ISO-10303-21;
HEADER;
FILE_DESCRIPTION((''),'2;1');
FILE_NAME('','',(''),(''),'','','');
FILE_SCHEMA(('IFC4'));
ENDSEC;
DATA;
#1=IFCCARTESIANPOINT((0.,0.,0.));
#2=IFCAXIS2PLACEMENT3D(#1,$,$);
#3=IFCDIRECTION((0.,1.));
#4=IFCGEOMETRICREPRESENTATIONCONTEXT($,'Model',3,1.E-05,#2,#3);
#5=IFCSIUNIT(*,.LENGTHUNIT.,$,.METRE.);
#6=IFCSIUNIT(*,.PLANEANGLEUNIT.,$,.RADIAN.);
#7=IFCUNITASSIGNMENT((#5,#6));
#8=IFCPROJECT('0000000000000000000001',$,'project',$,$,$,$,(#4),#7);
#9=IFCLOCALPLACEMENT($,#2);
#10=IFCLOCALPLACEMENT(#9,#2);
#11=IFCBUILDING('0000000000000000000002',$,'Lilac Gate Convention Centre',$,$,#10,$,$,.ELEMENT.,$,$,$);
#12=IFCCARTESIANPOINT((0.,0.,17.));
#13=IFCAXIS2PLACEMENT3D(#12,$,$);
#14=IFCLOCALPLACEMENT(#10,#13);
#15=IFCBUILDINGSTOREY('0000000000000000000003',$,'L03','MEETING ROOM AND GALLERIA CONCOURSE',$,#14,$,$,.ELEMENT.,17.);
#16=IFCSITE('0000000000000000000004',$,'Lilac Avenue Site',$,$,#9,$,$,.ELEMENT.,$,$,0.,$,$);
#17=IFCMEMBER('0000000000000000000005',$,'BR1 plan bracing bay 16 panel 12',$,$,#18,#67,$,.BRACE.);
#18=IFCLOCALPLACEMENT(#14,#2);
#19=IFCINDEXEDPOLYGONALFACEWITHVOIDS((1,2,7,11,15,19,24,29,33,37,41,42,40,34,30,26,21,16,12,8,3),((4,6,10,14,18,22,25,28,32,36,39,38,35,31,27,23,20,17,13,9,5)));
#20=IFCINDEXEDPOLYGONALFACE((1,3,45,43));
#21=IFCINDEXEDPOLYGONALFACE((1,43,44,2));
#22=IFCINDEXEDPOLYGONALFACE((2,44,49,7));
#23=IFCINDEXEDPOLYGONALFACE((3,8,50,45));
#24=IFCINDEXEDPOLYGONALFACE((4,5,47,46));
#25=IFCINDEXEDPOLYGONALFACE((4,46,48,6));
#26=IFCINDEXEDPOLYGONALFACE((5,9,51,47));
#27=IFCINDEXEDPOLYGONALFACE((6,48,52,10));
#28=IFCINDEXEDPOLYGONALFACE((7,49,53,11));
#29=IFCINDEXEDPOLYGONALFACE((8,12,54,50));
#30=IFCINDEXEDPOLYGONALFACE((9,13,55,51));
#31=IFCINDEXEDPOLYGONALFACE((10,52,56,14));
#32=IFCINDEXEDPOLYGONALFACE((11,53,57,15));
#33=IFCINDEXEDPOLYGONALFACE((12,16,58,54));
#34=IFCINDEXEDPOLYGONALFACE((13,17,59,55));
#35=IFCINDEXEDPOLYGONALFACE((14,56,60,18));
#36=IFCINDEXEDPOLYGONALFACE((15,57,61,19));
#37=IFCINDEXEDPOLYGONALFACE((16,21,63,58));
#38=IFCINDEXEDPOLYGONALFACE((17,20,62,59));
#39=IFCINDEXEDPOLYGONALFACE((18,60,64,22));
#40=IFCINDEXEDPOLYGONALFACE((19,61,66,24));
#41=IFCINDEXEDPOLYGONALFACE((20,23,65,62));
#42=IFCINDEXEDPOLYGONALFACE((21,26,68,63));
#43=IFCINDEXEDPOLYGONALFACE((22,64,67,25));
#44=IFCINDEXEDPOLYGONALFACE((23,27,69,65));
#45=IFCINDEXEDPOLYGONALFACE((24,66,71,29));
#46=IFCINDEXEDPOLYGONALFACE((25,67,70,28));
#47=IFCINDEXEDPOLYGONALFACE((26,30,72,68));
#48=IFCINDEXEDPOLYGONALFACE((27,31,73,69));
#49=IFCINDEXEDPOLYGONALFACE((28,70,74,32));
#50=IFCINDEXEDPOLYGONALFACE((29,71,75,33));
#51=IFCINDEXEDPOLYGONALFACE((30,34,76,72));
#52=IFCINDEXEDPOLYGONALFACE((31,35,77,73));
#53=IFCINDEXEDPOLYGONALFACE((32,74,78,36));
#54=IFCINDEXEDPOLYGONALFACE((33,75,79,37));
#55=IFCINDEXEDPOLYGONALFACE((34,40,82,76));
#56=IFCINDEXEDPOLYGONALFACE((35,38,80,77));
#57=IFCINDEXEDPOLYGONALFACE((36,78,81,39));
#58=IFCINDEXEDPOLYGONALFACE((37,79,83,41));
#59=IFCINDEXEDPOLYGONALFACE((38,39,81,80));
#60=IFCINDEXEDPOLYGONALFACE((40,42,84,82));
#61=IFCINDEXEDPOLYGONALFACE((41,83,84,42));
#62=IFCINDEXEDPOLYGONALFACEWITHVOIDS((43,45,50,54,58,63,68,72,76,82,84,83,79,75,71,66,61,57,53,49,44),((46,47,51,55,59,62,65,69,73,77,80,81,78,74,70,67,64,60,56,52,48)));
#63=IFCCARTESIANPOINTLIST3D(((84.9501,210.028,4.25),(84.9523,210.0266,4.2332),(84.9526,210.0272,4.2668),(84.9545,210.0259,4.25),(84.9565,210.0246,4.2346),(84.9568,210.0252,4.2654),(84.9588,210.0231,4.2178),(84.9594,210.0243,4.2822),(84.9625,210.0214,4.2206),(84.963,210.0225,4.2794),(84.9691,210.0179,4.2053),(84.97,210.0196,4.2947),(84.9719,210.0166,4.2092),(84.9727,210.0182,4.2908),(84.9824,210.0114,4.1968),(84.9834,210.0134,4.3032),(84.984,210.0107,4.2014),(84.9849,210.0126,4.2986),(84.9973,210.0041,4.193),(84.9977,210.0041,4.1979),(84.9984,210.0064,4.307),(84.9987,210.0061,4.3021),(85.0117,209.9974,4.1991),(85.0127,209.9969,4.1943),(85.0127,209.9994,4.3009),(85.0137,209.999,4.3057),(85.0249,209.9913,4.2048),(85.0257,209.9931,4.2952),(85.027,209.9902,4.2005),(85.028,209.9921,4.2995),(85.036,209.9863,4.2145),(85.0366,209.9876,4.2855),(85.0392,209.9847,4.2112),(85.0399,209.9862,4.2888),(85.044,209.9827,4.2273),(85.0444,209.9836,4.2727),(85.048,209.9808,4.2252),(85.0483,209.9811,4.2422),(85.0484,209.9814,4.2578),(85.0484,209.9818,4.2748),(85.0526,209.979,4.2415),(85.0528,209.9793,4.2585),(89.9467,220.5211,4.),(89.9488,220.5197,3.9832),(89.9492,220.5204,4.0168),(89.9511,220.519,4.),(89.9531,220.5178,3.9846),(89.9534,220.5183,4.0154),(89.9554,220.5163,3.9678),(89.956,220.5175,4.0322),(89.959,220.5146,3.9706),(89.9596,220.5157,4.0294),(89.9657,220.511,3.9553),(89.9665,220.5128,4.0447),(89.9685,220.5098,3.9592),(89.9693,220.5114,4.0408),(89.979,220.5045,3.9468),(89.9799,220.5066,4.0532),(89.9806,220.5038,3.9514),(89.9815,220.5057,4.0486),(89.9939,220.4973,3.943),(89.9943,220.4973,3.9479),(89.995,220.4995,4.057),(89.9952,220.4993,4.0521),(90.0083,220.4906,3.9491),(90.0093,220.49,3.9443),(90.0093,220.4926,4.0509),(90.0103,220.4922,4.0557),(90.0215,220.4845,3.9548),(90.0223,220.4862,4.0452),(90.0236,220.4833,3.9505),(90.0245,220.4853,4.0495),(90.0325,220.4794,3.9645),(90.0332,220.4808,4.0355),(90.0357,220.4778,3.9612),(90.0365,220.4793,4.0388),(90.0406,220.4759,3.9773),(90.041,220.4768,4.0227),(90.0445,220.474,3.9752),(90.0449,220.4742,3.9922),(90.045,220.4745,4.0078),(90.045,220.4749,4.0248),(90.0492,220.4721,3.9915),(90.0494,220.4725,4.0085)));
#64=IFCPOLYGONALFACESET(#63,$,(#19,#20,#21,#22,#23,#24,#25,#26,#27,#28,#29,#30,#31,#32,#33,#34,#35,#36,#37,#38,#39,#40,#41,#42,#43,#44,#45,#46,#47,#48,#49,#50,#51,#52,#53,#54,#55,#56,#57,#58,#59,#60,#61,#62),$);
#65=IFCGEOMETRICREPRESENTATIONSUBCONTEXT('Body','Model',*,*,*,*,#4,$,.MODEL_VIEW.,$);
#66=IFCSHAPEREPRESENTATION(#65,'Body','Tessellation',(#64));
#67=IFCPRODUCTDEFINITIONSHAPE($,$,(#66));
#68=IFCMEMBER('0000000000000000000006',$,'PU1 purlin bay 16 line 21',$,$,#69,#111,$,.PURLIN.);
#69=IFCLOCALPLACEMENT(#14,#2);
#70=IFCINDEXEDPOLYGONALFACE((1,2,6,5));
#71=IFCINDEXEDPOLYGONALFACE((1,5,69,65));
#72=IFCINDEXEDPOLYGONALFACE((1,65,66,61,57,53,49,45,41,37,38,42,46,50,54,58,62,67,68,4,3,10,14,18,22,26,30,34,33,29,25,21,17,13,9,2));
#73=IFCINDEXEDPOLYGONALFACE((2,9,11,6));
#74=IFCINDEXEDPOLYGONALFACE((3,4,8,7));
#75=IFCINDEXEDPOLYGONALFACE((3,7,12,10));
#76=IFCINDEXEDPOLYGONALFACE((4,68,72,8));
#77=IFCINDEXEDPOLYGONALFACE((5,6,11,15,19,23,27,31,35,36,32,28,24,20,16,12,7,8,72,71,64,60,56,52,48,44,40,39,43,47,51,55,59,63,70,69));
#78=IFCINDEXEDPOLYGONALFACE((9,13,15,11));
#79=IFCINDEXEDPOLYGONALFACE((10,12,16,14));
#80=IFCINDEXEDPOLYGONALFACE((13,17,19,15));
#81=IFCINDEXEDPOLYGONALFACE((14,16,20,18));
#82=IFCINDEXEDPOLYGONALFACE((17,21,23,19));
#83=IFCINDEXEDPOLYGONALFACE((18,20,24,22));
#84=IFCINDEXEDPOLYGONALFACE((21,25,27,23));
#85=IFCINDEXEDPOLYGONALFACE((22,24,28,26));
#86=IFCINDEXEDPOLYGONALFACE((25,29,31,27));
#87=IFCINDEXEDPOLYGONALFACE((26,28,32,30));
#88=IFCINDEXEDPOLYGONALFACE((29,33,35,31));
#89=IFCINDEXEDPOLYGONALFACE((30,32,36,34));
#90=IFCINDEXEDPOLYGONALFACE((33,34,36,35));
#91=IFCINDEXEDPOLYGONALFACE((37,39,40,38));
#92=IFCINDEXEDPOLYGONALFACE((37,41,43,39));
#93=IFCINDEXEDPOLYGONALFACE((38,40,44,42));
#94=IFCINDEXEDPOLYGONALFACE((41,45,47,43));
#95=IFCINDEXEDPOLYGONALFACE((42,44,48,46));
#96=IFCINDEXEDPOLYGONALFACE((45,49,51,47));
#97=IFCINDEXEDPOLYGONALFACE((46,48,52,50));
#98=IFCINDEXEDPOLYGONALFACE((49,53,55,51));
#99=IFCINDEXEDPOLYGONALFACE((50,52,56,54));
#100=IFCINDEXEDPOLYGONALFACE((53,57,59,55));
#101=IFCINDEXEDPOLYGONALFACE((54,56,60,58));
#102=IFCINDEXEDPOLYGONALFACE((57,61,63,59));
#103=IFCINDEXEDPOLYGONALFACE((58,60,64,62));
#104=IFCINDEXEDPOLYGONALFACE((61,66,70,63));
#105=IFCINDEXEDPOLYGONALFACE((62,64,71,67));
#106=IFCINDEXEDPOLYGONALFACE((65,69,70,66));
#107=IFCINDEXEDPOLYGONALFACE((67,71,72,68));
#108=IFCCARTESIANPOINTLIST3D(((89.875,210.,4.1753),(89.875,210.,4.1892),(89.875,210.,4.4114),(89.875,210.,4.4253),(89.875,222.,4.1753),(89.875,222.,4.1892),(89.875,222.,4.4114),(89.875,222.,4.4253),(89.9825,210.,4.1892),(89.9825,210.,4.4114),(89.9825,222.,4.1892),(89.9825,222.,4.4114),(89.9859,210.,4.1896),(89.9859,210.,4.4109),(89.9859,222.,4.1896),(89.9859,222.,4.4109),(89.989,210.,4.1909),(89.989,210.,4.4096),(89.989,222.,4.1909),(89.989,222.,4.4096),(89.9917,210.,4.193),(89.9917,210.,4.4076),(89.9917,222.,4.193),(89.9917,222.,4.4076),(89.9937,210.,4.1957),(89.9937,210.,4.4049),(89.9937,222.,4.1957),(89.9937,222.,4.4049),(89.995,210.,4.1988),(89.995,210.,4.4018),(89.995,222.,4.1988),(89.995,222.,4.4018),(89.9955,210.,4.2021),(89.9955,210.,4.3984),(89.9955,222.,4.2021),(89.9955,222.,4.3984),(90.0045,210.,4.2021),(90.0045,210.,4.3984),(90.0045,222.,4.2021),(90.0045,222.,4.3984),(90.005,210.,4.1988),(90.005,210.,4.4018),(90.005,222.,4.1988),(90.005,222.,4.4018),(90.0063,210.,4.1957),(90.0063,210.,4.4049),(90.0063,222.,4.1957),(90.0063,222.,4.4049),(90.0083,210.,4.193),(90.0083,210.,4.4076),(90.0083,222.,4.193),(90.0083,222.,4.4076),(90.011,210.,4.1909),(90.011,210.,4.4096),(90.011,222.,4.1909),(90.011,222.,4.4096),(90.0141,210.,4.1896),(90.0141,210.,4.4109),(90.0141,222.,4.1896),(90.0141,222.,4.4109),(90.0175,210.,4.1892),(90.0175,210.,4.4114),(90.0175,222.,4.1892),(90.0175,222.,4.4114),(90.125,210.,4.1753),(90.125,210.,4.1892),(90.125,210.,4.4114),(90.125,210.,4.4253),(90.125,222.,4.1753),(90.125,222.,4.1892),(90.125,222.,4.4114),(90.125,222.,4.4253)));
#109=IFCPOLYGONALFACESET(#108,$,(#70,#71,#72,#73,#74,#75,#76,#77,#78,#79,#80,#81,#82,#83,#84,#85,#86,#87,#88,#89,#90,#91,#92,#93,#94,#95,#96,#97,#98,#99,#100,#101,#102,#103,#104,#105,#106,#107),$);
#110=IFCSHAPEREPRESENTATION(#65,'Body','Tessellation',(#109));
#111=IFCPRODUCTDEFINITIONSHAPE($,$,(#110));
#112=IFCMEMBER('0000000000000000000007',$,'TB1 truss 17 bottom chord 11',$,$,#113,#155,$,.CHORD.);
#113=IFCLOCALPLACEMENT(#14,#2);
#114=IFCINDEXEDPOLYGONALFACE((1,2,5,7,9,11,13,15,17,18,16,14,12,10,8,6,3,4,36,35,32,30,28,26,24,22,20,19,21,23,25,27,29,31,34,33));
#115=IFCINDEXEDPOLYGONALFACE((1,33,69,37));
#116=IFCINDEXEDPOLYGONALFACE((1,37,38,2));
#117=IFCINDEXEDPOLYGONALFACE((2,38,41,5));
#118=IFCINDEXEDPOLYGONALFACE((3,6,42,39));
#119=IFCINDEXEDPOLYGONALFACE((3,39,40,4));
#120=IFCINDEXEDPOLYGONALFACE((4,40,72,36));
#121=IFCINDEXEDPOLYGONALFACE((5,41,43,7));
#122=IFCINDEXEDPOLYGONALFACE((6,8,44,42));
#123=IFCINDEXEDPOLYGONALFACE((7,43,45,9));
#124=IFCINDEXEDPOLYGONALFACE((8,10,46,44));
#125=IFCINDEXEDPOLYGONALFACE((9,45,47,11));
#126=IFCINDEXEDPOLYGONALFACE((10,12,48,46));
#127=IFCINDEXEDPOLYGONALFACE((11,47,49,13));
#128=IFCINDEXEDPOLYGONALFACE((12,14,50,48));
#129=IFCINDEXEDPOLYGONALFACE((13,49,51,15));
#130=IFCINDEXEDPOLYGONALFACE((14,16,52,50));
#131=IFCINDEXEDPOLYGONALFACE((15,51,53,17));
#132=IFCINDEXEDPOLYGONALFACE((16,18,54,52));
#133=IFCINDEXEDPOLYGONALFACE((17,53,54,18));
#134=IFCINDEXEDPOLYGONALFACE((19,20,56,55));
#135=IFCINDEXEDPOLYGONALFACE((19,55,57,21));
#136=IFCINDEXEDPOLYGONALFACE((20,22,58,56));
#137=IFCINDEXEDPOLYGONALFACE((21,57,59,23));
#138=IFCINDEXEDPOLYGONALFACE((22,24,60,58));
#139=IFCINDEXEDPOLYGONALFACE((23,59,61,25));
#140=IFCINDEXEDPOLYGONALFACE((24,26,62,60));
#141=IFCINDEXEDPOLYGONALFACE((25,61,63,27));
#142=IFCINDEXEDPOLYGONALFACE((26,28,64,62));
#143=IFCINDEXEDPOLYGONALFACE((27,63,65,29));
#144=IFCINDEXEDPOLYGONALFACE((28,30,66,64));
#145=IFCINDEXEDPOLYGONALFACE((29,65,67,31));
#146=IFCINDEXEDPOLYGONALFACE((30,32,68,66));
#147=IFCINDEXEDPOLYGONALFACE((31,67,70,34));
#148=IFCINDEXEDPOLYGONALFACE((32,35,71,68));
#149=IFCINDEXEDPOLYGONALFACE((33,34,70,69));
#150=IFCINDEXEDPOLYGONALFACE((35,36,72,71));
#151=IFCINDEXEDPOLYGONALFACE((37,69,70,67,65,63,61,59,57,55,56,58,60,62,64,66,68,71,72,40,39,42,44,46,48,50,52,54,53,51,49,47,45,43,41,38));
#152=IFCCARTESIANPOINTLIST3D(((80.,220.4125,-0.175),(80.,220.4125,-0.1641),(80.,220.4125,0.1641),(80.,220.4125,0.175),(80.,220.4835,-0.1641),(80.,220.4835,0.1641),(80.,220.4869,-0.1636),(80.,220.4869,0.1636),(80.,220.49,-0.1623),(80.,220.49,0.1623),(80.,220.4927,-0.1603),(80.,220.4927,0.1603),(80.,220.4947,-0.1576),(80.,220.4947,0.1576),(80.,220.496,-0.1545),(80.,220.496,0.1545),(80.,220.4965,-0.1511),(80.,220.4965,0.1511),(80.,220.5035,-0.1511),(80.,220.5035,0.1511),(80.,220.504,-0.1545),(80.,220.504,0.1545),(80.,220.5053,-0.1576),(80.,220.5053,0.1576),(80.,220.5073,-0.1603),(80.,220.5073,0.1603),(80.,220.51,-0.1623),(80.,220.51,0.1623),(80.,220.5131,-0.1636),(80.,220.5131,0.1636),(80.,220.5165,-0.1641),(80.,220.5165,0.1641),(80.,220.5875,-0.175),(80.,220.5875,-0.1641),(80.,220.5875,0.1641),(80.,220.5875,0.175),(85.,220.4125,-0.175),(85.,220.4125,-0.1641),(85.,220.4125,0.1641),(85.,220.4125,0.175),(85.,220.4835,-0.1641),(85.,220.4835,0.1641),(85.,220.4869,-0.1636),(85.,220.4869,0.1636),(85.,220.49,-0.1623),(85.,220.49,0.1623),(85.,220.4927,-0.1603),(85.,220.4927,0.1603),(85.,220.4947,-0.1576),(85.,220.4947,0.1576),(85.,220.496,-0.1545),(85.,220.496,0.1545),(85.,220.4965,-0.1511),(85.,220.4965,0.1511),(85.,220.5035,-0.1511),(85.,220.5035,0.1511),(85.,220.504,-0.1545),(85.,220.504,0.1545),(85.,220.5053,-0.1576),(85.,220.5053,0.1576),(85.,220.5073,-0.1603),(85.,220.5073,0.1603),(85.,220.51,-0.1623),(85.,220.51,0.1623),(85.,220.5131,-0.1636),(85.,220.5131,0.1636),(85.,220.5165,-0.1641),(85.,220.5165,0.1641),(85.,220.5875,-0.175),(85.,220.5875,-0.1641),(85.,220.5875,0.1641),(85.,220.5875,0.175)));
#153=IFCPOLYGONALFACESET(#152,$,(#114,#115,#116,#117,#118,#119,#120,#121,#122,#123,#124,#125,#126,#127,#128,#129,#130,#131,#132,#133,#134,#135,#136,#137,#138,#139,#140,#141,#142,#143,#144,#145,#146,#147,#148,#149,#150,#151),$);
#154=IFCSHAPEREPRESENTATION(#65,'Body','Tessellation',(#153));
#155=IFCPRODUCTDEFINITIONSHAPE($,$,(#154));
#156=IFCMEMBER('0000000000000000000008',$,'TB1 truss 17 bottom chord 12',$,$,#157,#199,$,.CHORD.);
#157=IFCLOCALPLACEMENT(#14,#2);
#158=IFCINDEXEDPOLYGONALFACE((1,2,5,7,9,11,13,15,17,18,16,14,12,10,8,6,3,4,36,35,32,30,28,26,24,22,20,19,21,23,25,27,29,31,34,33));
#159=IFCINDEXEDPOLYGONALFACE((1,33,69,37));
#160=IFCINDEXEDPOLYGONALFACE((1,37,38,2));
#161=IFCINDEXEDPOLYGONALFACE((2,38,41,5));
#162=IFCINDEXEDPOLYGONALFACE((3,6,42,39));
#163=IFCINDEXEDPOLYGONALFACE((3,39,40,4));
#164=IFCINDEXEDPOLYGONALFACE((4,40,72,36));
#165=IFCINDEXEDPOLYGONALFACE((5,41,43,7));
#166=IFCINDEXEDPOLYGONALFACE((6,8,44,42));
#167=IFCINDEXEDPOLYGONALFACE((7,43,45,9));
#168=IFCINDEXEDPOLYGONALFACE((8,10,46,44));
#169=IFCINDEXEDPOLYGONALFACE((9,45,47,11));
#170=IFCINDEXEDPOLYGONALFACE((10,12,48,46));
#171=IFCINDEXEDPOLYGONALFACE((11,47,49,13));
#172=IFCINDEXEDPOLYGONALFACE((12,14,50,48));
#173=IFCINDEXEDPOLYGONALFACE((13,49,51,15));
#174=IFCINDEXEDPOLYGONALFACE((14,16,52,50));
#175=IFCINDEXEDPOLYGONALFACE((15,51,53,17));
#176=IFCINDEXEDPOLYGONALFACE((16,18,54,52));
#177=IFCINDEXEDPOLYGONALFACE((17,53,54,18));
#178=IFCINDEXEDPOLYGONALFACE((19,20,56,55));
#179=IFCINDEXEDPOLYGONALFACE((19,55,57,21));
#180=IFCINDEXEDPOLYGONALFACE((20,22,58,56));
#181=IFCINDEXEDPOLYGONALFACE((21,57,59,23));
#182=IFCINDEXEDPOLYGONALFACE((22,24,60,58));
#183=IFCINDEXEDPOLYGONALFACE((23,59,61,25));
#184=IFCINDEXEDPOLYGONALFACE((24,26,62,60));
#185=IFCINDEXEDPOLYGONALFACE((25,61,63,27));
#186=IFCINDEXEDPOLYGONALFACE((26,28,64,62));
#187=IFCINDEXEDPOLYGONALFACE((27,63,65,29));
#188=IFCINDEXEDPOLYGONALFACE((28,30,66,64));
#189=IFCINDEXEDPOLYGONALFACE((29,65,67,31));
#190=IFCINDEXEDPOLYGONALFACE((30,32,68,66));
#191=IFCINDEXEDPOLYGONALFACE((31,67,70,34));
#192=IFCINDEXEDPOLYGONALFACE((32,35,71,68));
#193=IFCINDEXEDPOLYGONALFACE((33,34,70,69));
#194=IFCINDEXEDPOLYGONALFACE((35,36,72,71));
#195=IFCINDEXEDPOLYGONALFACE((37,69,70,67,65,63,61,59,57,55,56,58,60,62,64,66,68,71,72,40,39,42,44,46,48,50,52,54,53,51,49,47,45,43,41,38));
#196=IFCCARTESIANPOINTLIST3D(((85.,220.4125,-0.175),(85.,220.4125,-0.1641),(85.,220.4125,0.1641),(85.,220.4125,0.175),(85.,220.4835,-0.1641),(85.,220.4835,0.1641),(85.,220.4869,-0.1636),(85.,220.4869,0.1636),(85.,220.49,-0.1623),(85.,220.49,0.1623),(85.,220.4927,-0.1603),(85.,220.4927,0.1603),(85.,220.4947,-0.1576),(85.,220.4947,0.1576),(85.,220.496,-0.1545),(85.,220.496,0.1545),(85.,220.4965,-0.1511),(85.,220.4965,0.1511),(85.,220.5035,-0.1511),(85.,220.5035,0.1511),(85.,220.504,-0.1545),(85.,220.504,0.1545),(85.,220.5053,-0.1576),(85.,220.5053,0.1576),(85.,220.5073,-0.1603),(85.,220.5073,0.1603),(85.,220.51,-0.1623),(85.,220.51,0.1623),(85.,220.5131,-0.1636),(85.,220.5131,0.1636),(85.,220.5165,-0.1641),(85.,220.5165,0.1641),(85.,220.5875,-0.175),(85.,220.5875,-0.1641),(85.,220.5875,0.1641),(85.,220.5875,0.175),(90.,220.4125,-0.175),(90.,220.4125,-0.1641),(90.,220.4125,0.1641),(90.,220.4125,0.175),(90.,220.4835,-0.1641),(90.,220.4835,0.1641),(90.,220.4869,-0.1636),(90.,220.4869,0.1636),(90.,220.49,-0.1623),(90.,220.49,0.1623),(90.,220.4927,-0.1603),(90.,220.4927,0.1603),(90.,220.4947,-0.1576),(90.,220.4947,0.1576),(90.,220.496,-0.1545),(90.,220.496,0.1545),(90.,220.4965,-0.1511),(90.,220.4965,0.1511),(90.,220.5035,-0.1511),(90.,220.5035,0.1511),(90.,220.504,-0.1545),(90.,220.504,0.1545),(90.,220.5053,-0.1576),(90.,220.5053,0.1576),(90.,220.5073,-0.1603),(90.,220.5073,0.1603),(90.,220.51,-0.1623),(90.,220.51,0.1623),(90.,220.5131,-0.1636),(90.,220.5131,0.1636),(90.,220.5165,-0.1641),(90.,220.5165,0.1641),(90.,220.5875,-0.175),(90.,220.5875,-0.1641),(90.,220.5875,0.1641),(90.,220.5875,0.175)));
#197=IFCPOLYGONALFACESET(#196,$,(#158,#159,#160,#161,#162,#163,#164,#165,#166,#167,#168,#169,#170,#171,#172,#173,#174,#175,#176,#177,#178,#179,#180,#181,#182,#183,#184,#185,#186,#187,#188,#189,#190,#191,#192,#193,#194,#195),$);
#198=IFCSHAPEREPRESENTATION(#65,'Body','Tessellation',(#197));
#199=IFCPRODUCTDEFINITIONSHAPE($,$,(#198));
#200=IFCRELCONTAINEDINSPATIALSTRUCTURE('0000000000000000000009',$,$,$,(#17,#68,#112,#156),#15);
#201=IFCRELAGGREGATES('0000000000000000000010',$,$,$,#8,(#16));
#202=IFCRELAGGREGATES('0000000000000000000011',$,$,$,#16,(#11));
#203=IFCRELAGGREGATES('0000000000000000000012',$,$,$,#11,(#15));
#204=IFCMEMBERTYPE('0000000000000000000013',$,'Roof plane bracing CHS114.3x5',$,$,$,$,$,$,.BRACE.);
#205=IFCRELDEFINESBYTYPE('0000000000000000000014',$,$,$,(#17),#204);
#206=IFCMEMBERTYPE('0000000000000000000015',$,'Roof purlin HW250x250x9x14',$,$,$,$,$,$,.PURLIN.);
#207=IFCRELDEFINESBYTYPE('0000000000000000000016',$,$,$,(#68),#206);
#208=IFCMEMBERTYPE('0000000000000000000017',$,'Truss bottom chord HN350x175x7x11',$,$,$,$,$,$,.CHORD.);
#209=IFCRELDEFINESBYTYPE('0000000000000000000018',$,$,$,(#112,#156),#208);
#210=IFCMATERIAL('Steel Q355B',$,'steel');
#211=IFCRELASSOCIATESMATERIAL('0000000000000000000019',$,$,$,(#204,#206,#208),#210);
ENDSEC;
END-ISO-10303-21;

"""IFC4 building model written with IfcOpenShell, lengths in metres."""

from ifc_helpers import new_model, si_unit, direction, frame, origin, origin_2d, place, context, subcontext, project, spatial, hollow_circle, i_section, extrude, material, material_profile, profile_set, type_object, element, save


model = new_model("IFC4")

# Units and contexts
model_context = context("Model", 3, precision=1e-05, world=origin(), true_north=direction((0.0, 1.0)))
body_context = subcontext(model_context, "Body", "Model", "MODEL_VIEW")
ifc_project = project(units=[si_unit("LENGTHUNIT", "METRE"), si_unit("PLANEANGLEUNIT", "RADIAN")], contexts=[model_context])

# Site, building, storey
site_placement = place(None, origin())
site = spatial("IfcSite", under=ifc_project, at=site_placement, Name="Lilac Avenue Site", CompositionType="ELEMENT", RefElevation=0.0)
building_placement = place(site_placement, origin())
building = spatial("IfcBuilding", under=site, at=building_placement, Name="Lilac Gate Convention Centre", CompositionType="ELEMENT")
storey_placement = place(building_placement, frame((0.0, 0.0, 17.0)))
storey = spatial("IfcBuildingStorey", under=building, at=storey_placement, Name="L03", Description="MEETING ROOM AND GALLERIA CONCOURSE", CompositionType="ELEMENT", Elevation=17.0)

# Members
ifc_material = material(Name="Steel Q355B", Category="steel")
ifc_material_profile_1 = material_profile(ifc_material, hollow_circle(Radius=0.0571, WallThickness=0.0049, at=origin_2d()), Name="CHS114.3x5")
ifc_profile_set_1 = profile_set([ifc_material_profile_1], Name="Steel Q355B")
member_type_1 = type_object("IfcMemberType", Name="Roof plane bracing CHS114.3x5", PredefinedType="BRACE", material=ifc_profile_set_1)
for number, where, z_axis, x_axis, name in (
    (1, (85.0017, 210.0034, 4.25), (0.429823, 0.902657, -0.021506), (-0.902866, 0.429922, 0.0), "BR1 plan bracing bay 16 panel 12"),
):
    element("IfcMember", number, at=place(storey_placement, frame(where, z_axis=z_axis, x_axis=x_axis)), inside=storey, type_object=member_type_1, Name=name, PredefinedType="BRACE", context=body_context, shape_type="SweptSolid", body=[
        extrude(hollow_circle(Radius=0.0571, WallThickness=0.0049, at=origin_2d()), origin(), (0.0, 0.0, 1.0), 11.6248),
    ])
ifc_material_profile_2 = material_profile(ifc_material, i_section(OverallWidth=0.25, OverallDepth=0.25, WebThickness=0.009, FlangeThickness=0.0139, FilletRadius=0.0129, at=origin_2d()), Name="HW250x250x9x14")
ifc_profile_set_2 = profile_set([ifc_material_profile_2], Name="Steel Q355B")
member_type_2 = type_object("IfcMemberType", Name="Roof purlin HW250x250x9x14", PredefinedType="PURLIN", material=ifc_profile_set_2)
member_1_placement = place(storey_placement, frame((90.0, 210.0, 4.3003), z_axis=(0.0, 1.0, 0.0), x_axis=(-1.0, 0.0, 0.0)))
element("IfcMember", 2, at=member_1_placement, inside=storey, type_object=member_type_2, Name="PU1 purlin bay 16 line 21", PredefinedType="PURLIN", context=body_context, shape_type="SweptSolid", body=[
    extrude(i_section(OverallWidth=0.25, OverallDepth=0.25, WebThickness=0.009, FlangeThickness=0.0139, FilletRadius=0.0129, at=origin_2d()), origin(), (0.0, 0.0, 1.0), 12.0),
])
ifc_material_profile_3 = material_profile(ifc_material, i_section(OverallWidth=0.175, OverallDepth=0.3501, WebThickness=0.0071, FlangeThickness=0.011, FilletRadius=0.0129, at=origin_2d()), Name="HN350x175x7x11")
ifc_profile_set_3 = profile_set([ifc_material_profile_3], Name="Steel Q355B")
member_type_3 = type_object("IfcMemberType", Name="Truss bottom chord HN350x175x7x11", PredefinedType="CHORD", material=ifc_profile_set_3)
for number, where, z_axis, x_axis, name in (
    (3, (80.0, 220.5, 0.0), (1.0, 0.0, 0.0), (0.0, 1.0, 0.0), "TB1 truss 17 bottom chord 11"),
    (4, (85.0, 220.5, 0.0), (1.0, 0.0, 0.0), (0.0, 1.0, 0.0), "TB1 truss 17 bottom chord 12"),
):
    element("IfcMember", number, at=place(storey_placement, frame(where, z_axis=z_axis, x_axis=x_axis)), inside=storey, type_object=member_type_3, Name=name, PredefinedType="CHORD", context=body_context, shape_type="SweptSolid", body=[
        extrude(i_section(OverallWidth=0.175, OverallDepth=0.3501, WebThickness=0.0071, FlangeThickness=0.011, FilletRadius=0.0129, at=origin_2d()), origin(), (0.0, 0.0, 1.0), 5.0),
    ])

save(model, "model.ifc")
